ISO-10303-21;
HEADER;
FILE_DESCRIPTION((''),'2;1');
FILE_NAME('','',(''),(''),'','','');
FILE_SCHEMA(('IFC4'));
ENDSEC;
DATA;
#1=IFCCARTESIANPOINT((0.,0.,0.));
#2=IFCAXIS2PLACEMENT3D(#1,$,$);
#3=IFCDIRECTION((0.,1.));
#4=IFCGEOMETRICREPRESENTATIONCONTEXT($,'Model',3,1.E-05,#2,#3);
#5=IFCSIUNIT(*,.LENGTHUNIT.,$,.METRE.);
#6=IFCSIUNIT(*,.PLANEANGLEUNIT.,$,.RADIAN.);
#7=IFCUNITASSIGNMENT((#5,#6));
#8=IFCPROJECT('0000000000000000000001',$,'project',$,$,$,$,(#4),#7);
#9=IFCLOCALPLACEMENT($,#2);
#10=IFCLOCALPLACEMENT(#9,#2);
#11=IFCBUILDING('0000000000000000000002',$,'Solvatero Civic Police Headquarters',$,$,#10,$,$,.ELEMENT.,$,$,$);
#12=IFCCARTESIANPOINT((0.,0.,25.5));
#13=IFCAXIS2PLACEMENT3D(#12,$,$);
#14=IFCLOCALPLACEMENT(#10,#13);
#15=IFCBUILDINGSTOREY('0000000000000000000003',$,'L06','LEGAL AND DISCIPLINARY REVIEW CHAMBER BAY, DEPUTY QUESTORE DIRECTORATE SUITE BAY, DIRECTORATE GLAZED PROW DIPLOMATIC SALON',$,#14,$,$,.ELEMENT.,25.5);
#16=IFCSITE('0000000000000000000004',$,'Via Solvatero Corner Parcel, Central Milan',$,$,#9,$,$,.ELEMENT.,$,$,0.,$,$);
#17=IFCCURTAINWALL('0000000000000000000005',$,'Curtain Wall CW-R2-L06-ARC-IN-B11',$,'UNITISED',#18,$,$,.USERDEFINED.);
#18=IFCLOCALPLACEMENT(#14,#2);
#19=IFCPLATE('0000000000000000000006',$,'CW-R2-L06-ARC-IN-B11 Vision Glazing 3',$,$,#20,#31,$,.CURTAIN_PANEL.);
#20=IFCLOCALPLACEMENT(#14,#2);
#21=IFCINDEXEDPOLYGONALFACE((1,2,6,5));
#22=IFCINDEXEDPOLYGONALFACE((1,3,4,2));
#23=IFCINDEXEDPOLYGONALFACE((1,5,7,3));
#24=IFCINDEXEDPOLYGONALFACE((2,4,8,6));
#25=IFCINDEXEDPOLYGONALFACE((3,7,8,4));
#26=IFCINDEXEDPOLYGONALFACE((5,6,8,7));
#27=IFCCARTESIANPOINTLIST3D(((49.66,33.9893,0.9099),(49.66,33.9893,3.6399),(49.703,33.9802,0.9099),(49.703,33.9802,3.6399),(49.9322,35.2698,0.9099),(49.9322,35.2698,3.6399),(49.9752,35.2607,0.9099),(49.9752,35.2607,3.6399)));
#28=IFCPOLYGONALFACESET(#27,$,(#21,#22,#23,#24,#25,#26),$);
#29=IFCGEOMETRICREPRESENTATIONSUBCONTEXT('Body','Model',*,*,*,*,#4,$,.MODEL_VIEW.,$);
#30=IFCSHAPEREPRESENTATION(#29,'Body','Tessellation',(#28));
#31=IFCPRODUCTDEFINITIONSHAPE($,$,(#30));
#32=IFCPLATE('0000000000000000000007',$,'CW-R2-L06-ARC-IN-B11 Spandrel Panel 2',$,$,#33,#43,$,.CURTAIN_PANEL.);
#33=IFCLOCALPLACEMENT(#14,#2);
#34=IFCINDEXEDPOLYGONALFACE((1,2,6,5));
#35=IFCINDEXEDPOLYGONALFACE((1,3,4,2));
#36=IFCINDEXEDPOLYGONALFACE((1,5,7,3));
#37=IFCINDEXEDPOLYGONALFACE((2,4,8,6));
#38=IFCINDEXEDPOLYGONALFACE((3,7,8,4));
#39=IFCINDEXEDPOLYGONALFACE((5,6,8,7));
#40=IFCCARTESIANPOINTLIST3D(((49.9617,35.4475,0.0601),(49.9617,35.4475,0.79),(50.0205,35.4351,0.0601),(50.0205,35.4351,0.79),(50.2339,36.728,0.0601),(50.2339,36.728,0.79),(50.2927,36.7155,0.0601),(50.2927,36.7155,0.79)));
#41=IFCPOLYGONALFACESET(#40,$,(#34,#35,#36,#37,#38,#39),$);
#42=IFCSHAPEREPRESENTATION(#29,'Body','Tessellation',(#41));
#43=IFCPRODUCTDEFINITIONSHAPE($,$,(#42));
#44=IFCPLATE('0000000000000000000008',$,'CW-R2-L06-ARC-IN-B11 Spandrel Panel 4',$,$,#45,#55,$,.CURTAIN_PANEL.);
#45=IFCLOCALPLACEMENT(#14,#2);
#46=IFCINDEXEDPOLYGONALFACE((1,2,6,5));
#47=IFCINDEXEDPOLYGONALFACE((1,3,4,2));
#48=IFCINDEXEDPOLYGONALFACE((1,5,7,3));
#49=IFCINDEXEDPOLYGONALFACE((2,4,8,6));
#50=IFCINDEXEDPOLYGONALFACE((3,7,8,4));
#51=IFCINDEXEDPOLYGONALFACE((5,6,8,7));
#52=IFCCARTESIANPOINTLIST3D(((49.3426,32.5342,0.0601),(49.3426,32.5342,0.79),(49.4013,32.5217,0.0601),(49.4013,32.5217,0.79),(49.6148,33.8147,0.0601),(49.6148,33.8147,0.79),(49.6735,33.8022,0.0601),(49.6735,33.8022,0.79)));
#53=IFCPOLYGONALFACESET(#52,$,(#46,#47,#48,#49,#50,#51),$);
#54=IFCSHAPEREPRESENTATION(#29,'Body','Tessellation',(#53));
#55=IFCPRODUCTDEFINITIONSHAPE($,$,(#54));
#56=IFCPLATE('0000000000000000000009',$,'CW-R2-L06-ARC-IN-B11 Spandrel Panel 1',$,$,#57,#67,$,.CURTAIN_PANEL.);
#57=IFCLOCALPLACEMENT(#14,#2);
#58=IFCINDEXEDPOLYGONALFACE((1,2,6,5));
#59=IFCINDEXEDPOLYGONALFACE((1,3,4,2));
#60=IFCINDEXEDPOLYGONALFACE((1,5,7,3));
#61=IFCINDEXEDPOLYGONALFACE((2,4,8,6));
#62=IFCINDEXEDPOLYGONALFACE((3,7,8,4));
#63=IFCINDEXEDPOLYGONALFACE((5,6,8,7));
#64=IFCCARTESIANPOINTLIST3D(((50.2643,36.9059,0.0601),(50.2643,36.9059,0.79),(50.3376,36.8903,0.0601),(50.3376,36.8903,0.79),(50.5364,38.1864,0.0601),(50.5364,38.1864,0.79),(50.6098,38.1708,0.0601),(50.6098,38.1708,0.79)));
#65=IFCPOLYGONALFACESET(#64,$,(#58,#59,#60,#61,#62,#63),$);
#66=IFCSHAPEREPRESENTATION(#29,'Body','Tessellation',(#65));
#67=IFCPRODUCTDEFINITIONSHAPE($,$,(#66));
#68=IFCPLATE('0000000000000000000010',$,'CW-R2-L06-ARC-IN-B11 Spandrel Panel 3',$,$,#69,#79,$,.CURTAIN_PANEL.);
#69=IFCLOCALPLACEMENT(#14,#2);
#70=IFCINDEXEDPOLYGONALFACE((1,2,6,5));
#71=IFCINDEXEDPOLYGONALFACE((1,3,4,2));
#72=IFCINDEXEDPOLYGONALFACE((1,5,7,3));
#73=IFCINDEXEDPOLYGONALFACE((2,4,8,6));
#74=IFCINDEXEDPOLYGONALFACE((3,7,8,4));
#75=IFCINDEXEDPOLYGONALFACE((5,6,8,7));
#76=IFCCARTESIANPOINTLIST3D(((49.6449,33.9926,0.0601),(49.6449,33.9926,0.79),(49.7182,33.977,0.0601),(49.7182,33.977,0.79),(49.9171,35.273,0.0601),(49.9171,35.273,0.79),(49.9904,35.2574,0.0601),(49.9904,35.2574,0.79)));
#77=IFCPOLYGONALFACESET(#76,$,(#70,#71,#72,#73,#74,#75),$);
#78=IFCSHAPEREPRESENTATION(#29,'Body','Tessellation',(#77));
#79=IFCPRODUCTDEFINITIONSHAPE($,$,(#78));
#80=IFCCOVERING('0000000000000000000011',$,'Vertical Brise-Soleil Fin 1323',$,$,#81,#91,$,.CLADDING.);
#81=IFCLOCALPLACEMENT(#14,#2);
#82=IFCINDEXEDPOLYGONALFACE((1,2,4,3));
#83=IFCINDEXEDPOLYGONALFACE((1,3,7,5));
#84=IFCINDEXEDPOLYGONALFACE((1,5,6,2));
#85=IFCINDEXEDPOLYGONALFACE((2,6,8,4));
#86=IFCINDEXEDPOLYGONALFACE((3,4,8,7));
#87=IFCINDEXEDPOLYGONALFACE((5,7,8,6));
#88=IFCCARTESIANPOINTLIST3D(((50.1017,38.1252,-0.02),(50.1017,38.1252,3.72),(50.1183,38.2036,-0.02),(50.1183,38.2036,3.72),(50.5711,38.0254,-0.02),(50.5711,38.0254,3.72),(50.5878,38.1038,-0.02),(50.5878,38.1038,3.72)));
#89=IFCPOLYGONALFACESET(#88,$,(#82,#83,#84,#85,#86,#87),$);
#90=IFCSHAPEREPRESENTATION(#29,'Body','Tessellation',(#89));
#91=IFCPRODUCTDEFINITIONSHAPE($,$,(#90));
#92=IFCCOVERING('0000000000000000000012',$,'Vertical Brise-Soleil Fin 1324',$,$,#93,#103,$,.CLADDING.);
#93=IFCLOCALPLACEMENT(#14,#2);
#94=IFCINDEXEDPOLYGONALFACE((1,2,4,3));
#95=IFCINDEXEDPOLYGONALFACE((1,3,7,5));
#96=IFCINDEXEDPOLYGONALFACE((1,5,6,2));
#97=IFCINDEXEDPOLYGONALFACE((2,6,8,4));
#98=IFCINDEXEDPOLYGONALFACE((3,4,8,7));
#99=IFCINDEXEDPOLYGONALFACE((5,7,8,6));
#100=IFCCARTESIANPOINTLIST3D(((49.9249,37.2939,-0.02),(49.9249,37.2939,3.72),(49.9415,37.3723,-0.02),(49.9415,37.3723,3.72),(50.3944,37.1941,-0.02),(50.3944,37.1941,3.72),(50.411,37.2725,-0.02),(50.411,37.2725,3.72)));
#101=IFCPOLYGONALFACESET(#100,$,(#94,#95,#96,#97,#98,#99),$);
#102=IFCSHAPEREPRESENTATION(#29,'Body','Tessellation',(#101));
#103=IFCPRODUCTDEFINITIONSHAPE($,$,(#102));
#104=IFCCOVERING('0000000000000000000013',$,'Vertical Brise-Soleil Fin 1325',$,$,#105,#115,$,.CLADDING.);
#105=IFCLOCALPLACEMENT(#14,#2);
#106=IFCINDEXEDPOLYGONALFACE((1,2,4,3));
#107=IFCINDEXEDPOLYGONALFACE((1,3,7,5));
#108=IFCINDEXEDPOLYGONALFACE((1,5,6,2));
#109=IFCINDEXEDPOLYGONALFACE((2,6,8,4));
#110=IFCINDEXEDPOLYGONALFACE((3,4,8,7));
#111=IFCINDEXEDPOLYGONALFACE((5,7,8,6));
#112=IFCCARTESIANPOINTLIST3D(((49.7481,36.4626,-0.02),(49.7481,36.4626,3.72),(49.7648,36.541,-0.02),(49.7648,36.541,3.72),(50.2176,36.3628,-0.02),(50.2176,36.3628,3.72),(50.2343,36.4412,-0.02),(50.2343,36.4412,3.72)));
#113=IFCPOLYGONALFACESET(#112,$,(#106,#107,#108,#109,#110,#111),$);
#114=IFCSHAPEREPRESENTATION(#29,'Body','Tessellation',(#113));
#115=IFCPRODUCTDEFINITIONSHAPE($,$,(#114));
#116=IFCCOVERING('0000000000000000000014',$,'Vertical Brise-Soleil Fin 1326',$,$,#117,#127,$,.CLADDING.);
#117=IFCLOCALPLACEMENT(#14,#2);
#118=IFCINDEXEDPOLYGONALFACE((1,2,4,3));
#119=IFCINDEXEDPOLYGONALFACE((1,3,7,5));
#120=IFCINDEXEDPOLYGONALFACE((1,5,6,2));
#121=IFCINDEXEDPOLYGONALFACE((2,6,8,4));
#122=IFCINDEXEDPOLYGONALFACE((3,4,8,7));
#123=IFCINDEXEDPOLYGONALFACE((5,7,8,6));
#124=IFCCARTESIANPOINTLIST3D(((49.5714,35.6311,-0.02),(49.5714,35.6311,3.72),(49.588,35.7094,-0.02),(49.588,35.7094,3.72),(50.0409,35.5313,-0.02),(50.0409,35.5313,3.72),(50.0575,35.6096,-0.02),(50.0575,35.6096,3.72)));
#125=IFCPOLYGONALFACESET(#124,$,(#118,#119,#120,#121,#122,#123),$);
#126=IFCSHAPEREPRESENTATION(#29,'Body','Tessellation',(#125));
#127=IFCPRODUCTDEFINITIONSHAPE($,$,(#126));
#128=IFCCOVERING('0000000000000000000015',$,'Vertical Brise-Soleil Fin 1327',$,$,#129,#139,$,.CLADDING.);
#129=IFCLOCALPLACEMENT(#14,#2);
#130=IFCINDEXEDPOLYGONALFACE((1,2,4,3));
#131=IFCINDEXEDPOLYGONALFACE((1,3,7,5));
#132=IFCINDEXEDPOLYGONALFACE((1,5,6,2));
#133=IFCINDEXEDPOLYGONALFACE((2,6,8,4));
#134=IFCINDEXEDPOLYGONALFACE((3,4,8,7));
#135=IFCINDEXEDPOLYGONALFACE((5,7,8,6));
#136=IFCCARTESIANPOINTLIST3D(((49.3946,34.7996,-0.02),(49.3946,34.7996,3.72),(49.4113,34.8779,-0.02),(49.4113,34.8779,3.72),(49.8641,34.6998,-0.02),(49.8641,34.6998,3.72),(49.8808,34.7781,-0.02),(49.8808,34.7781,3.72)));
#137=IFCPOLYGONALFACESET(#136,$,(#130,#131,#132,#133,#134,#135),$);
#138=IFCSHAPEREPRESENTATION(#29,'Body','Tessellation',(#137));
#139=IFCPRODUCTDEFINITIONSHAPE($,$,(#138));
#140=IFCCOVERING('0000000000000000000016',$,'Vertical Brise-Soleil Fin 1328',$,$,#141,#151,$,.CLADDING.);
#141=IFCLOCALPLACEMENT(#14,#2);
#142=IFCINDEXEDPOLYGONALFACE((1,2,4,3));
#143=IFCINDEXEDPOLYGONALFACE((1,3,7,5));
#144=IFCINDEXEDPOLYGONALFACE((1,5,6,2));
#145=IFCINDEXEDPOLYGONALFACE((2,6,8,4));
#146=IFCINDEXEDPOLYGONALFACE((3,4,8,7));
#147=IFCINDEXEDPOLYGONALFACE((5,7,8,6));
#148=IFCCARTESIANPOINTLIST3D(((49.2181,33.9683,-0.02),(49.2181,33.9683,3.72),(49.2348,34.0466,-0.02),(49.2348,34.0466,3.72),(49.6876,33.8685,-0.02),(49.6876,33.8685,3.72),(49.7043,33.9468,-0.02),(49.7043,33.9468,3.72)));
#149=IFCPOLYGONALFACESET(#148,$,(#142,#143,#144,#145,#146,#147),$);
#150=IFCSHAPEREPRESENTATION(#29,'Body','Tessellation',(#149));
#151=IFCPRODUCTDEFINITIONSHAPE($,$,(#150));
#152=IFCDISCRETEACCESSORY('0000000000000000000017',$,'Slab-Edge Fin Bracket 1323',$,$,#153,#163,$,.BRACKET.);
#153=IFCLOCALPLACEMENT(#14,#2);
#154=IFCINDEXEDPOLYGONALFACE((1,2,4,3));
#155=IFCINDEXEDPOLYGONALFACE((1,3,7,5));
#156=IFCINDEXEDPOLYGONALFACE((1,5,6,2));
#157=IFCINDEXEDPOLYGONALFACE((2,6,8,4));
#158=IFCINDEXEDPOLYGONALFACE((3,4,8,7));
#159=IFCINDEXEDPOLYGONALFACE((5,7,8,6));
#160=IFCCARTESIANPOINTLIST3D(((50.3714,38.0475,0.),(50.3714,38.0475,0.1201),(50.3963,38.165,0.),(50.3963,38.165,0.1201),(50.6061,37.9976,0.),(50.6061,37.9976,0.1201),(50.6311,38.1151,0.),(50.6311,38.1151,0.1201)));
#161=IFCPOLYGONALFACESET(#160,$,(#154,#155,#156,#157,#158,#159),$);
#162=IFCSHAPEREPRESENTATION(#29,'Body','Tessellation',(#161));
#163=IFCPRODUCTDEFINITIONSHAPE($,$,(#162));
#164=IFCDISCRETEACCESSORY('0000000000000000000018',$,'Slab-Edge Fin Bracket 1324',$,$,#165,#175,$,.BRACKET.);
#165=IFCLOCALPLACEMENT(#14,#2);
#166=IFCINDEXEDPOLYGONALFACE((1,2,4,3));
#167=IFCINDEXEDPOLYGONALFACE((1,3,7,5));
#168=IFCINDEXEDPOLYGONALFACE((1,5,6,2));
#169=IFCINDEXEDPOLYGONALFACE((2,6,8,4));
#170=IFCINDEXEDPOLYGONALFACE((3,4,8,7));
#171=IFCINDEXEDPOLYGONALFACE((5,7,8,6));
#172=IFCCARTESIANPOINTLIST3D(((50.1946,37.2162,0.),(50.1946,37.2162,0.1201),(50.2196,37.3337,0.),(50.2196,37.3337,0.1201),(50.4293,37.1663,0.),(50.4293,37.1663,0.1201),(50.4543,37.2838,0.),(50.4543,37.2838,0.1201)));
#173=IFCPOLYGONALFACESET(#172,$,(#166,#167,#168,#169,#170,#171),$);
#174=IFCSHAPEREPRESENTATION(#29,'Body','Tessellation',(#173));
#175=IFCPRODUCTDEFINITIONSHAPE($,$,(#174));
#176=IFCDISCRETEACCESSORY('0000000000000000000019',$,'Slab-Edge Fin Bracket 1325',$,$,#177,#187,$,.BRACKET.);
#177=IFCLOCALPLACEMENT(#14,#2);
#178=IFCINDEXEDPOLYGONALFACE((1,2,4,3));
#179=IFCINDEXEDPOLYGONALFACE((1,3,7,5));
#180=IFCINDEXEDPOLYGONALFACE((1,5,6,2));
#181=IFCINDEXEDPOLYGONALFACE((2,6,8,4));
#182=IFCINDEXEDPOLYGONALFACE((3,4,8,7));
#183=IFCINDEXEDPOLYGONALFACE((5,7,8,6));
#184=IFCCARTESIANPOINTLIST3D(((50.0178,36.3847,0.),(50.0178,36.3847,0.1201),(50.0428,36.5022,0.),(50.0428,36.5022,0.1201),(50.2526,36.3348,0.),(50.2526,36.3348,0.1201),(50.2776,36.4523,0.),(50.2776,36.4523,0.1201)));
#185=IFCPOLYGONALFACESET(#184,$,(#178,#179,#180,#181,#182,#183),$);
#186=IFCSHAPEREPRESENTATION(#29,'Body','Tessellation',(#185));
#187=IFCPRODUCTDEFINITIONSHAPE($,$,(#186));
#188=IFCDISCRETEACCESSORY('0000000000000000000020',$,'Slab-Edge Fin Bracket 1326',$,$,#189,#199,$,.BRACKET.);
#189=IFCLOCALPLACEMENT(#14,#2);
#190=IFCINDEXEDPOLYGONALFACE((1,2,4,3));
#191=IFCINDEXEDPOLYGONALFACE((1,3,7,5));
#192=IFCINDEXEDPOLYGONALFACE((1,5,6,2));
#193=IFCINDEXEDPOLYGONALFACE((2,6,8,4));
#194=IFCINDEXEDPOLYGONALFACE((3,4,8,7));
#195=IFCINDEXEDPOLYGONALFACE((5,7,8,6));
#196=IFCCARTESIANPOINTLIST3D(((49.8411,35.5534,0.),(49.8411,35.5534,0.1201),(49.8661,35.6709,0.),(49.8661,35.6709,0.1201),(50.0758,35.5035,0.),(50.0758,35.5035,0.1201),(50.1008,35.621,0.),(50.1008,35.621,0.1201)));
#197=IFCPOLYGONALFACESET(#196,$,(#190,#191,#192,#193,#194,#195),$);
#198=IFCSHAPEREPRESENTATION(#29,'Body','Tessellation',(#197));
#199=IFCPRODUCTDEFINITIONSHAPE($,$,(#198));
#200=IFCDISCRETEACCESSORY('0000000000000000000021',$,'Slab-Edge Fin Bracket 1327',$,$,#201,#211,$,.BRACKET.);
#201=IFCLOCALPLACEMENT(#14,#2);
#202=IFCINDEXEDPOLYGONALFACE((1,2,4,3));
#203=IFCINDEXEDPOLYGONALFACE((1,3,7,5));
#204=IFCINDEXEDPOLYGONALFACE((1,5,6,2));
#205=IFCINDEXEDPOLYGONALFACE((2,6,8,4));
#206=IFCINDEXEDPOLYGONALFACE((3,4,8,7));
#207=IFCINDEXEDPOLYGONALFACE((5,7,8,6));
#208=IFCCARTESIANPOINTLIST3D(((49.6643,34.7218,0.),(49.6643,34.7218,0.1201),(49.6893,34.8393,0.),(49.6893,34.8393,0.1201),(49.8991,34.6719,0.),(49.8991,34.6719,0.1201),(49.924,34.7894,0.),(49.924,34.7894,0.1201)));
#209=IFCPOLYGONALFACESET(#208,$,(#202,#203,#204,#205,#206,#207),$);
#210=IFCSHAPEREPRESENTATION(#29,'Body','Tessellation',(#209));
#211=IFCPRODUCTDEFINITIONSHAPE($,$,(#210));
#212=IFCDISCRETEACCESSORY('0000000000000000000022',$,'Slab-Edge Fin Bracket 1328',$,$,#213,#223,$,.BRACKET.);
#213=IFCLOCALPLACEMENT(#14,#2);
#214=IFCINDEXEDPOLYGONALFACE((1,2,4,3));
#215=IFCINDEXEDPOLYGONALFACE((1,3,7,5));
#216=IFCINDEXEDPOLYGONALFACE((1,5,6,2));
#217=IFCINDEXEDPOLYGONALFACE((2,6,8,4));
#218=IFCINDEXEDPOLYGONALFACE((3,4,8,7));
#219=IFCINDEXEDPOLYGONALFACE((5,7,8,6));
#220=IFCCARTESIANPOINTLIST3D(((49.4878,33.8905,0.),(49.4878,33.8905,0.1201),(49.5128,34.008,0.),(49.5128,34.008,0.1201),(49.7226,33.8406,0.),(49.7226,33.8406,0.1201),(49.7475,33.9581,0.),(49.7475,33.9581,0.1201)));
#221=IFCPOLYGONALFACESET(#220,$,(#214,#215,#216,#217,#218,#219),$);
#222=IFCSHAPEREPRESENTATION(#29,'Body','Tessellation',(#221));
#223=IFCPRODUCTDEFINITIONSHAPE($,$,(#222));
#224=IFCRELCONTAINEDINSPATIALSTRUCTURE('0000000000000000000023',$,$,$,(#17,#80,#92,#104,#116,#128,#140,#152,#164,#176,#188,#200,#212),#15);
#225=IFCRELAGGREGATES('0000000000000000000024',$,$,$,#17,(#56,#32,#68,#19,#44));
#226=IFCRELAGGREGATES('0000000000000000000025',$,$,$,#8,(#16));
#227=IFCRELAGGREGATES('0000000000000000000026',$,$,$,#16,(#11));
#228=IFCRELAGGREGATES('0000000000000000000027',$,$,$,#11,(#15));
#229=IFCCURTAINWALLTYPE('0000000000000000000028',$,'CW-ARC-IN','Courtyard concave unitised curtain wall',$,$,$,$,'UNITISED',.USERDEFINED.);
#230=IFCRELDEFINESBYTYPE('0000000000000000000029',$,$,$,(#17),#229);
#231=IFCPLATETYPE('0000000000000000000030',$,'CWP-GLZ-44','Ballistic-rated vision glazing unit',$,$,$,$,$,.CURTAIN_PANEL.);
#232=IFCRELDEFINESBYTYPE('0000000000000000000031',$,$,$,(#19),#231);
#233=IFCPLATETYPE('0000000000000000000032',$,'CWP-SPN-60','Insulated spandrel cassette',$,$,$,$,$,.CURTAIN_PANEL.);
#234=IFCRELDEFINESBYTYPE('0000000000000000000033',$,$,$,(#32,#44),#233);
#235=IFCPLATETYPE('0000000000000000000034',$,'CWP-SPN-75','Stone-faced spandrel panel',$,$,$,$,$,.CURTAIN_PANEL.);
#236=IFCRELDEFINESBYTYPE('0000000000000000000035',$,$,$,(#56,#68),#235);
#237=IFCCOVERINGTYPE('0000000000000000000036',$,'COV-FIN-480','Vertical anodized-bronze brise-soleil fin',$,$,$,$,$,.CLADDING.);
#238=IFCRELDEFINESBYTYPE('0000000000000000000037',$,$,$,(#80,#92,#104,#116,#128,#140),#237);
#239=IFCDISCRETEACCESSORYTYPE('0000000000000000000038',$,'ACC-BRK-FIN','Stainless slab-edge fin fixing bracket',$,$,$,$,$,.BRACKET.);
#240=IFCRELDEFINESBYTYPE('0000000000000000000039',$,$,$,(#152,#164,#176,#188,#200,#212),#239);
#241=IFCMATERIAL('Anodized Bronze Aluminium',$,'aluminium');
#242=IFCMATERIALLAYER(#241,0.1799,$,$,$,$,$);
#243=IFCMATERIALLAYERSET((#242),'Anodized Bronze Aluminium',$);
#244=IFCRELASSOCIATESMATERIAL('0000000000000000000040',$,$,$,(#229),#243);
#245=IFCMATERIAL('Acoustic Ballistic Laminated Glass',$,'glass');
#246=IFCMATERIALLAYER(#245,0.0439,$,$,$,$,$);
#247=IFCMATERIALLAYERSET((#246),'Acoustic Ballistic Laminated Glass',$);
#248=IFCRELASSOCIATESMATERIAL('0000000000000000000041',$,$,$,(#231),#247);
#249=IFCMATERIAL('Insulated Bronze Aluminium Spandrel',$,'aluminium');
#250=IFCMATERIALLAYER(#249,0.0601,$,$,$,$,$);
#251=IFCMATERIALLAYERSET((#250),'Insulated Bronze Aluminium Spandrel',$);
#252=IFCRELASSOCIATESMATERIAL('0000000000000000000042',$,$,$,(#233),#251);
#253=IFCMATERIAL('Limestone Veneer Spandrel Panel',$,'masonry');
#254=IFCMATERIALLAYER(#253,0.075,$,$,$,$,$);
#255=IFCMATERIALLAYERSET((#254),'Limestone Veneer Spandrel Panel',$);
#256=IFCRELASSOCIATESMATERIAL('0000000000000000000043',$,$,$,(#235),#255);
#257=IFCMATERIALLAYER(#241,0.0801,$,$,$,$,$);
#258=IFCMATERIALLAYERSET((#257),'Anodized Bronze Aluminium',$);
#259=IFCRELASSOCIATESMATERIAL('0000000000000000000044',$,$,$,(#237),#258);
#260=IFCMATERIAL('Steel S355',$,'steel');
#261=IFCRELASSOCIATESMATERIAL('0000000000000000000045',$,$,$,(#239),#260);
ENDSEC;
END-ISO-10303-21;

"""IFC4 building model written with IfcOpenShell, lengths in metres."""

from ifc_helpers import new_model, si_unit, direction, frame, origin, origin_2d, place, context, subcontext, project, spatial, rectangle, extrude, material, layer, layer_set, type_object, element, aggregate, save


model = new_model("IFC4")

# Units and contexts
model_context = context("Model", 3, precision=1e-05, world=origin(), true_north=direction((0.0, 1.0)))
body_context = subcontext(model_context, "Body", "Model", "MODEL_VIEW")
ifc_project = project(units=[si_unit("LENGTHUNIT", "METRE"), si_unit("PLANEANGLEUNIT", "RADIAN")], contexts=[model_context])

# Site, building, storey
site_placement = place(None, origin())
site = spatial("IfcSite", under=ifc_project, at=site_placement, Name="Via Solvatero Corner Parcel, Central Milan", CompositionType="ELEMENT", RefElevation=0.0)
building_placement = place(site_placement, origin())
building = spatial("IfcBuilding", under=site, at=building_placement, Name="Solvatero Civic Police Headquarters", CompositionType="ELEMENT")
storey_placement = place(building_placement, frame((0.0, 0.0, 25.5)))
storey = spatial("IfcBuildingStorey", under=building, at=storey_placement, Name="L06", Description="LEGAL AND DISCIPLINARY REVIEW CHAMBER BAY, DEPUTY QUESTORE DIRECTORATE SUITE BAY, DIRECTORATE GLAZED PROW DIPLOMATIC SALON", CompositionType="ELEMENT", Elevation=25.5)

# Shared definitions
ifc_material_1 = material(Name="Steel S355", Category="steel")

# Curtain wall, plates
ifc_material_2 = material(Name="Anodized Bronze Aluminium", Category="aluminium")
ifc_layer_1 = layer(ifc_material_2, 0.1799)
ifc_layer_set_1 = layer_set([ifc_layer_1], Name="Anodized Bronze Aluminium")
curtain_wall_type = type_object("IfcCurtainWallType", Name="CW-ARC-IN", Description="Courtyard concave unitised curtain wall", ElementType="UNITISED", PredefinedType="USERDEFINED", material=ifc_layer_set_1)
curtain_wall_placement = place(storey_placement, origin())
curtain_wall = element("IfcCurtainWall", 1, at=curtain_wall_placement, inside=storey, type_object=curtain_wall_type, Name="Curtain Wall CW-R2-L06-ARC-IN-B11", ObjectType="UNITISED", PredefinedType="USERDEFINED")
ifc_material_3 = material(Name="Acoustic Ballistic Laminated Glass", Category="glass")
ifc_layer_2 = layer(ifc_material_3, 0.0439)
ifc_layer_set_2 = layer_set([ifc_layer_2], Name="Acoustic Ballistic Laminated Glass")
plate_type_1 = type_object("IfcPlateType", Name="CWP-GLZ-44", Description="Ballistic-rated vision glazing unit", PredefinedType="CURTAIN_PANEL", material=ifc_layer_set_2)
plate_1_placement = place(storey_placement, frame((49.8176, 34.625, 0.9099), z_axis=(0.0, 0.0, 1.0), x_axis=(-0.207912, -0.978148, 0.0)))
plate_1 = element("IfcPlate", 2, at=plate_1_placement, type_object=plate_type_1, Name="CW-R2-L06-ARC-IN-B11 Vision Glazing 3", PredefinedType="CURTAIN_PANEL", context=body_context, shape_type="SweptSolid", body=[
    extrude(rectangle(XDim=1.3091, YDim=0.0439, at=origin_2d()), origin(), (0.0, 0.0, 1.0), 2.73),
])
ifc_material_4 = material(Name="Insulated Bronze Aluminium Spandrel", Category="aluminium")
ifc_layer_3 = layer(ifc_material_4, 0.0601)
ifc_layer_set_3 = layer_set([ifc_layer_3], Name="Insulated Bronze Aluminium Spandrel")
plate_type_2 = type_object("IfcPlateType", Name="CWP-SPN-60", Description="Insulated spandrel cassette", PredefinedType="CURTAIN_PANEL", material=ifc_layer_set_3)
plate_2_placement = place(storey_placement, frame((50.1272, 36.0815, 0.0601), z_axis=(0.0, 0.0, 1.0), x_axis=(-0.207912, -0.978148, 0.0)))
plate_2 = element("IfcPlate", 3, at=plate_2_placement, type_object=plate_type_2, Name="CW-R2-L06-ARC-IN-B11 Spandrel Panel 2", PredefinedType="CURTAIN_PANEL", context=body_context, shape_type="SweptSolid", body=[
    extrude(rectangle(XDim=1.3091, YDim=0.0601, at=origin_2d()), origin(), (0.0, 0.0, 1.0), 0.73),
])
plate_3_placement = place(storey_placement, frame((49.5081, 33.1682, 0.0601), z_axis=(0.0, 0.0, 1.0), x_axis=(-0.207912, -0.978148, 0.0)))
plate_3 = element("IfcPlate", 4, at=plate_3_placement, type_object=plate_type_2, Name="CW-R2-L06-ARC-IN-B11 Spandrel Panel 4", PredefinedType="CURTAIN_PANEL", context=body_context, shape_type="SweptSolid", body=[
    extrude(rectangle(XDim=1.3091, YDim=0.0601, at=origin_2d()), origin(), (0.0, 0.0, 1.0), 0.73),
])
ifc_material_5 = material(Name="Limestone Veneer Spandrel Panel", Category="masonry")
ifc_layer_4 = layer(ifc_material_5, 0.075)
ifc_layer_set_4 = layer_set([ifc_layer_4], Name="Limestone Veneer Spandrel Panel")
plate_type_3 = type_object("IfcPlateType", Name="CWP-SPN-75", Description="Stone-faced spandrel panel", PredefinedType="CURTAIN_PANEL", material=ifc_layer_set_4)
plate_4_placement = place(storey_placement, frame((50.437, 37.5383, 0.0601), z_axis=(0.0, 0.0, 1.0), x_axis=(-0.207912, -0.978148, 0.0)))
plate_4 = element("IfcPlate", 5, at=plate_4_placement, type_object=plate_type_3, Name="CW-R2-L06-ARC-IN-B11 Spandrel Panel 1", PredefinedType="CURTAIN_PANEL", context=body_context, shape_type="SweptSolid", body=[
    extrude(rectangle(XDim=1.3091, YDim=0.075, at=origin_2d()), origin(), (0.0, 0.0, 1.0), 0.73),
])
plate_5_placement = place(storey_placement, frame((49.8176, 34.625, 0.0601), z_axis=(0.0, 0.0, 1.0), x_axis=(-0.207912, -0.978148, 0.0)))
plate_5 = element("IfcPlate", 6, at=plate_5_placement, type_object=plate_type_3, Name="CW-R2-L06-ARC-IN-B11 Spandrel Panel 3", PredefinedType="CURTAIN_PANEL", context=body_context, shape_type="SweptSolid", body=[
    extrude(rectangle(XDim=1.3091, YDim=0.075, at=origin_2d()), origin(), (0.0, 0.0, 1.0), 0.73),
])
aggregate(curtain_wall, [plate_4, plate_2, plate_5, plate_1, plate_3])

# Coverings
ifc_layer_5 = layer(ifc_material_2, 0.0801)
ifc_layer_set_5 = layer_set([ifc_layer_5], Name="Anodized Bronze Aluminium")
covering_type = type_object("IfcCoveringType", Name="COV-FIN-480", Description="Vertical anodized-bronze brise-soleil fin", PredefinedType="CLADDING", material=ifc_layer_set_5)
for number, where, z_axis, x_axis, name in (
    (7, (50.3447, 38.1145, -0.02), (0.0, 0.0, 1.0), (-0.207912, -0.978148, 0.0), "Vertical Brise-Soleil Fin 1323"),
    (8, (50.168, 37.2832, -0.02), (0.0, 0.0, 1.0), (-0.207912, -0.978148, 0.0), "Vertical Brise-Soleil Fin 1324"),
    (9, (49.9912, 36.4519, -0.02), (0.0, 0.0, 1.0), (-0.207912, -0.978148, 0.0), "Vertical Brise-Soleil Fin 1325"),
    (10, (49.8145, 35.6204, -0.02), (0.0, 0.0, 1.0), (-0.207912, -0.978148, 0.0), "Vertical Brise-Soleil Fin 1326"),
    (11, (49.6377, 34.7888, -0.02), (0.0, 0.0, 1.0), (-0.207912, -0.978148, 0.0), "Vertical Brise-Soleil Fin 1327"),
    (12, (49.4612, 33.9575, -0.02), (0.0, 0.0, 1.0), (-0.207912, -0.978148, 0.0), "Vertical Brise-Soleil Fin 1328"),
):
    element("IfcCovering", number, at=place(storey_placement, frame(where, z_axis=z_axis, x_axis=x_axis)), inside=storey, type_object=covering_type, Name=name, PredefinedType="CLADDING", context=body_context, shape_type="SweptSolid", body=[
        extrude(rectangle(XDim=0.0801, YDim=0.48, at=origin_2d()), origin(), (0.0, 0.0, 1.0), 3.74),
    ])

# Discrete accessories
discrete_accessory_type = type_object("IfcDiscreteAccessoryType", Name="ACC-BRK-FIN", Description="Stainless slab-edge fin fixing bracket", PredefinedType="BRACKET", material=ifc_material_1)
for number, where, z_axis, x_axis, name in (
    (13, (50.5012, 38.0813, 0.0), (0.0, 0.0, 1.0), (-0.207912, -0.978148, 0.0), "Slab-Edge Fin Bracket 1323"),
    (14, (50.3245, 37.25, 0.0), (0.0, 0.0, 1.0), (-0.207912, -0.978148, 0.0), "Slab-Edge Fin Bracket 1324"),
    (15, (50.1477, 36.4185, 0.0), (0.0, 0.0, 1.0), (-0.207912, -0.978148, 0.0), "Slab-Edge Fin Bracket 1325"),
    (16, (49.9709, 35.5872, 0.0), (0.0, 0.0, 1.0), (-0.207912, -0.978148, 0.0), "Slab-Edge Fin Bracket 1326"),
    (17, (49.7942, 34.7556, 0.0), (0.0, 0.0, 1.0), (-0.207912, -0.978148, 0.0), "Slab-Edge Fin Bracket 1327"),
    (18, (49.6177, 33.9243, 0.0), (0.0, 0.0, 1.0), (-0.207912, -0.978148, 0.0), "Slab-Edge Fin Bracket 1328"),
):
    element("IfcDiscreteAccessory", number, at=place(storey_placement, frame(where, z_axis=z_axis, x_axis=x_axis)), inside=storey, type_object=discrete_accessory_type, Name=name, PredefinedType="BRACKET", context=body_context, shape_type="SweptSolid", body=[
        extrude(rectangle(XDim=0.1201, YDim=0.24, at=origin_2d()), origin(), (0.0, 0.0, 1.0), 0.1201),
    ])

save(model, "model.ifc")
